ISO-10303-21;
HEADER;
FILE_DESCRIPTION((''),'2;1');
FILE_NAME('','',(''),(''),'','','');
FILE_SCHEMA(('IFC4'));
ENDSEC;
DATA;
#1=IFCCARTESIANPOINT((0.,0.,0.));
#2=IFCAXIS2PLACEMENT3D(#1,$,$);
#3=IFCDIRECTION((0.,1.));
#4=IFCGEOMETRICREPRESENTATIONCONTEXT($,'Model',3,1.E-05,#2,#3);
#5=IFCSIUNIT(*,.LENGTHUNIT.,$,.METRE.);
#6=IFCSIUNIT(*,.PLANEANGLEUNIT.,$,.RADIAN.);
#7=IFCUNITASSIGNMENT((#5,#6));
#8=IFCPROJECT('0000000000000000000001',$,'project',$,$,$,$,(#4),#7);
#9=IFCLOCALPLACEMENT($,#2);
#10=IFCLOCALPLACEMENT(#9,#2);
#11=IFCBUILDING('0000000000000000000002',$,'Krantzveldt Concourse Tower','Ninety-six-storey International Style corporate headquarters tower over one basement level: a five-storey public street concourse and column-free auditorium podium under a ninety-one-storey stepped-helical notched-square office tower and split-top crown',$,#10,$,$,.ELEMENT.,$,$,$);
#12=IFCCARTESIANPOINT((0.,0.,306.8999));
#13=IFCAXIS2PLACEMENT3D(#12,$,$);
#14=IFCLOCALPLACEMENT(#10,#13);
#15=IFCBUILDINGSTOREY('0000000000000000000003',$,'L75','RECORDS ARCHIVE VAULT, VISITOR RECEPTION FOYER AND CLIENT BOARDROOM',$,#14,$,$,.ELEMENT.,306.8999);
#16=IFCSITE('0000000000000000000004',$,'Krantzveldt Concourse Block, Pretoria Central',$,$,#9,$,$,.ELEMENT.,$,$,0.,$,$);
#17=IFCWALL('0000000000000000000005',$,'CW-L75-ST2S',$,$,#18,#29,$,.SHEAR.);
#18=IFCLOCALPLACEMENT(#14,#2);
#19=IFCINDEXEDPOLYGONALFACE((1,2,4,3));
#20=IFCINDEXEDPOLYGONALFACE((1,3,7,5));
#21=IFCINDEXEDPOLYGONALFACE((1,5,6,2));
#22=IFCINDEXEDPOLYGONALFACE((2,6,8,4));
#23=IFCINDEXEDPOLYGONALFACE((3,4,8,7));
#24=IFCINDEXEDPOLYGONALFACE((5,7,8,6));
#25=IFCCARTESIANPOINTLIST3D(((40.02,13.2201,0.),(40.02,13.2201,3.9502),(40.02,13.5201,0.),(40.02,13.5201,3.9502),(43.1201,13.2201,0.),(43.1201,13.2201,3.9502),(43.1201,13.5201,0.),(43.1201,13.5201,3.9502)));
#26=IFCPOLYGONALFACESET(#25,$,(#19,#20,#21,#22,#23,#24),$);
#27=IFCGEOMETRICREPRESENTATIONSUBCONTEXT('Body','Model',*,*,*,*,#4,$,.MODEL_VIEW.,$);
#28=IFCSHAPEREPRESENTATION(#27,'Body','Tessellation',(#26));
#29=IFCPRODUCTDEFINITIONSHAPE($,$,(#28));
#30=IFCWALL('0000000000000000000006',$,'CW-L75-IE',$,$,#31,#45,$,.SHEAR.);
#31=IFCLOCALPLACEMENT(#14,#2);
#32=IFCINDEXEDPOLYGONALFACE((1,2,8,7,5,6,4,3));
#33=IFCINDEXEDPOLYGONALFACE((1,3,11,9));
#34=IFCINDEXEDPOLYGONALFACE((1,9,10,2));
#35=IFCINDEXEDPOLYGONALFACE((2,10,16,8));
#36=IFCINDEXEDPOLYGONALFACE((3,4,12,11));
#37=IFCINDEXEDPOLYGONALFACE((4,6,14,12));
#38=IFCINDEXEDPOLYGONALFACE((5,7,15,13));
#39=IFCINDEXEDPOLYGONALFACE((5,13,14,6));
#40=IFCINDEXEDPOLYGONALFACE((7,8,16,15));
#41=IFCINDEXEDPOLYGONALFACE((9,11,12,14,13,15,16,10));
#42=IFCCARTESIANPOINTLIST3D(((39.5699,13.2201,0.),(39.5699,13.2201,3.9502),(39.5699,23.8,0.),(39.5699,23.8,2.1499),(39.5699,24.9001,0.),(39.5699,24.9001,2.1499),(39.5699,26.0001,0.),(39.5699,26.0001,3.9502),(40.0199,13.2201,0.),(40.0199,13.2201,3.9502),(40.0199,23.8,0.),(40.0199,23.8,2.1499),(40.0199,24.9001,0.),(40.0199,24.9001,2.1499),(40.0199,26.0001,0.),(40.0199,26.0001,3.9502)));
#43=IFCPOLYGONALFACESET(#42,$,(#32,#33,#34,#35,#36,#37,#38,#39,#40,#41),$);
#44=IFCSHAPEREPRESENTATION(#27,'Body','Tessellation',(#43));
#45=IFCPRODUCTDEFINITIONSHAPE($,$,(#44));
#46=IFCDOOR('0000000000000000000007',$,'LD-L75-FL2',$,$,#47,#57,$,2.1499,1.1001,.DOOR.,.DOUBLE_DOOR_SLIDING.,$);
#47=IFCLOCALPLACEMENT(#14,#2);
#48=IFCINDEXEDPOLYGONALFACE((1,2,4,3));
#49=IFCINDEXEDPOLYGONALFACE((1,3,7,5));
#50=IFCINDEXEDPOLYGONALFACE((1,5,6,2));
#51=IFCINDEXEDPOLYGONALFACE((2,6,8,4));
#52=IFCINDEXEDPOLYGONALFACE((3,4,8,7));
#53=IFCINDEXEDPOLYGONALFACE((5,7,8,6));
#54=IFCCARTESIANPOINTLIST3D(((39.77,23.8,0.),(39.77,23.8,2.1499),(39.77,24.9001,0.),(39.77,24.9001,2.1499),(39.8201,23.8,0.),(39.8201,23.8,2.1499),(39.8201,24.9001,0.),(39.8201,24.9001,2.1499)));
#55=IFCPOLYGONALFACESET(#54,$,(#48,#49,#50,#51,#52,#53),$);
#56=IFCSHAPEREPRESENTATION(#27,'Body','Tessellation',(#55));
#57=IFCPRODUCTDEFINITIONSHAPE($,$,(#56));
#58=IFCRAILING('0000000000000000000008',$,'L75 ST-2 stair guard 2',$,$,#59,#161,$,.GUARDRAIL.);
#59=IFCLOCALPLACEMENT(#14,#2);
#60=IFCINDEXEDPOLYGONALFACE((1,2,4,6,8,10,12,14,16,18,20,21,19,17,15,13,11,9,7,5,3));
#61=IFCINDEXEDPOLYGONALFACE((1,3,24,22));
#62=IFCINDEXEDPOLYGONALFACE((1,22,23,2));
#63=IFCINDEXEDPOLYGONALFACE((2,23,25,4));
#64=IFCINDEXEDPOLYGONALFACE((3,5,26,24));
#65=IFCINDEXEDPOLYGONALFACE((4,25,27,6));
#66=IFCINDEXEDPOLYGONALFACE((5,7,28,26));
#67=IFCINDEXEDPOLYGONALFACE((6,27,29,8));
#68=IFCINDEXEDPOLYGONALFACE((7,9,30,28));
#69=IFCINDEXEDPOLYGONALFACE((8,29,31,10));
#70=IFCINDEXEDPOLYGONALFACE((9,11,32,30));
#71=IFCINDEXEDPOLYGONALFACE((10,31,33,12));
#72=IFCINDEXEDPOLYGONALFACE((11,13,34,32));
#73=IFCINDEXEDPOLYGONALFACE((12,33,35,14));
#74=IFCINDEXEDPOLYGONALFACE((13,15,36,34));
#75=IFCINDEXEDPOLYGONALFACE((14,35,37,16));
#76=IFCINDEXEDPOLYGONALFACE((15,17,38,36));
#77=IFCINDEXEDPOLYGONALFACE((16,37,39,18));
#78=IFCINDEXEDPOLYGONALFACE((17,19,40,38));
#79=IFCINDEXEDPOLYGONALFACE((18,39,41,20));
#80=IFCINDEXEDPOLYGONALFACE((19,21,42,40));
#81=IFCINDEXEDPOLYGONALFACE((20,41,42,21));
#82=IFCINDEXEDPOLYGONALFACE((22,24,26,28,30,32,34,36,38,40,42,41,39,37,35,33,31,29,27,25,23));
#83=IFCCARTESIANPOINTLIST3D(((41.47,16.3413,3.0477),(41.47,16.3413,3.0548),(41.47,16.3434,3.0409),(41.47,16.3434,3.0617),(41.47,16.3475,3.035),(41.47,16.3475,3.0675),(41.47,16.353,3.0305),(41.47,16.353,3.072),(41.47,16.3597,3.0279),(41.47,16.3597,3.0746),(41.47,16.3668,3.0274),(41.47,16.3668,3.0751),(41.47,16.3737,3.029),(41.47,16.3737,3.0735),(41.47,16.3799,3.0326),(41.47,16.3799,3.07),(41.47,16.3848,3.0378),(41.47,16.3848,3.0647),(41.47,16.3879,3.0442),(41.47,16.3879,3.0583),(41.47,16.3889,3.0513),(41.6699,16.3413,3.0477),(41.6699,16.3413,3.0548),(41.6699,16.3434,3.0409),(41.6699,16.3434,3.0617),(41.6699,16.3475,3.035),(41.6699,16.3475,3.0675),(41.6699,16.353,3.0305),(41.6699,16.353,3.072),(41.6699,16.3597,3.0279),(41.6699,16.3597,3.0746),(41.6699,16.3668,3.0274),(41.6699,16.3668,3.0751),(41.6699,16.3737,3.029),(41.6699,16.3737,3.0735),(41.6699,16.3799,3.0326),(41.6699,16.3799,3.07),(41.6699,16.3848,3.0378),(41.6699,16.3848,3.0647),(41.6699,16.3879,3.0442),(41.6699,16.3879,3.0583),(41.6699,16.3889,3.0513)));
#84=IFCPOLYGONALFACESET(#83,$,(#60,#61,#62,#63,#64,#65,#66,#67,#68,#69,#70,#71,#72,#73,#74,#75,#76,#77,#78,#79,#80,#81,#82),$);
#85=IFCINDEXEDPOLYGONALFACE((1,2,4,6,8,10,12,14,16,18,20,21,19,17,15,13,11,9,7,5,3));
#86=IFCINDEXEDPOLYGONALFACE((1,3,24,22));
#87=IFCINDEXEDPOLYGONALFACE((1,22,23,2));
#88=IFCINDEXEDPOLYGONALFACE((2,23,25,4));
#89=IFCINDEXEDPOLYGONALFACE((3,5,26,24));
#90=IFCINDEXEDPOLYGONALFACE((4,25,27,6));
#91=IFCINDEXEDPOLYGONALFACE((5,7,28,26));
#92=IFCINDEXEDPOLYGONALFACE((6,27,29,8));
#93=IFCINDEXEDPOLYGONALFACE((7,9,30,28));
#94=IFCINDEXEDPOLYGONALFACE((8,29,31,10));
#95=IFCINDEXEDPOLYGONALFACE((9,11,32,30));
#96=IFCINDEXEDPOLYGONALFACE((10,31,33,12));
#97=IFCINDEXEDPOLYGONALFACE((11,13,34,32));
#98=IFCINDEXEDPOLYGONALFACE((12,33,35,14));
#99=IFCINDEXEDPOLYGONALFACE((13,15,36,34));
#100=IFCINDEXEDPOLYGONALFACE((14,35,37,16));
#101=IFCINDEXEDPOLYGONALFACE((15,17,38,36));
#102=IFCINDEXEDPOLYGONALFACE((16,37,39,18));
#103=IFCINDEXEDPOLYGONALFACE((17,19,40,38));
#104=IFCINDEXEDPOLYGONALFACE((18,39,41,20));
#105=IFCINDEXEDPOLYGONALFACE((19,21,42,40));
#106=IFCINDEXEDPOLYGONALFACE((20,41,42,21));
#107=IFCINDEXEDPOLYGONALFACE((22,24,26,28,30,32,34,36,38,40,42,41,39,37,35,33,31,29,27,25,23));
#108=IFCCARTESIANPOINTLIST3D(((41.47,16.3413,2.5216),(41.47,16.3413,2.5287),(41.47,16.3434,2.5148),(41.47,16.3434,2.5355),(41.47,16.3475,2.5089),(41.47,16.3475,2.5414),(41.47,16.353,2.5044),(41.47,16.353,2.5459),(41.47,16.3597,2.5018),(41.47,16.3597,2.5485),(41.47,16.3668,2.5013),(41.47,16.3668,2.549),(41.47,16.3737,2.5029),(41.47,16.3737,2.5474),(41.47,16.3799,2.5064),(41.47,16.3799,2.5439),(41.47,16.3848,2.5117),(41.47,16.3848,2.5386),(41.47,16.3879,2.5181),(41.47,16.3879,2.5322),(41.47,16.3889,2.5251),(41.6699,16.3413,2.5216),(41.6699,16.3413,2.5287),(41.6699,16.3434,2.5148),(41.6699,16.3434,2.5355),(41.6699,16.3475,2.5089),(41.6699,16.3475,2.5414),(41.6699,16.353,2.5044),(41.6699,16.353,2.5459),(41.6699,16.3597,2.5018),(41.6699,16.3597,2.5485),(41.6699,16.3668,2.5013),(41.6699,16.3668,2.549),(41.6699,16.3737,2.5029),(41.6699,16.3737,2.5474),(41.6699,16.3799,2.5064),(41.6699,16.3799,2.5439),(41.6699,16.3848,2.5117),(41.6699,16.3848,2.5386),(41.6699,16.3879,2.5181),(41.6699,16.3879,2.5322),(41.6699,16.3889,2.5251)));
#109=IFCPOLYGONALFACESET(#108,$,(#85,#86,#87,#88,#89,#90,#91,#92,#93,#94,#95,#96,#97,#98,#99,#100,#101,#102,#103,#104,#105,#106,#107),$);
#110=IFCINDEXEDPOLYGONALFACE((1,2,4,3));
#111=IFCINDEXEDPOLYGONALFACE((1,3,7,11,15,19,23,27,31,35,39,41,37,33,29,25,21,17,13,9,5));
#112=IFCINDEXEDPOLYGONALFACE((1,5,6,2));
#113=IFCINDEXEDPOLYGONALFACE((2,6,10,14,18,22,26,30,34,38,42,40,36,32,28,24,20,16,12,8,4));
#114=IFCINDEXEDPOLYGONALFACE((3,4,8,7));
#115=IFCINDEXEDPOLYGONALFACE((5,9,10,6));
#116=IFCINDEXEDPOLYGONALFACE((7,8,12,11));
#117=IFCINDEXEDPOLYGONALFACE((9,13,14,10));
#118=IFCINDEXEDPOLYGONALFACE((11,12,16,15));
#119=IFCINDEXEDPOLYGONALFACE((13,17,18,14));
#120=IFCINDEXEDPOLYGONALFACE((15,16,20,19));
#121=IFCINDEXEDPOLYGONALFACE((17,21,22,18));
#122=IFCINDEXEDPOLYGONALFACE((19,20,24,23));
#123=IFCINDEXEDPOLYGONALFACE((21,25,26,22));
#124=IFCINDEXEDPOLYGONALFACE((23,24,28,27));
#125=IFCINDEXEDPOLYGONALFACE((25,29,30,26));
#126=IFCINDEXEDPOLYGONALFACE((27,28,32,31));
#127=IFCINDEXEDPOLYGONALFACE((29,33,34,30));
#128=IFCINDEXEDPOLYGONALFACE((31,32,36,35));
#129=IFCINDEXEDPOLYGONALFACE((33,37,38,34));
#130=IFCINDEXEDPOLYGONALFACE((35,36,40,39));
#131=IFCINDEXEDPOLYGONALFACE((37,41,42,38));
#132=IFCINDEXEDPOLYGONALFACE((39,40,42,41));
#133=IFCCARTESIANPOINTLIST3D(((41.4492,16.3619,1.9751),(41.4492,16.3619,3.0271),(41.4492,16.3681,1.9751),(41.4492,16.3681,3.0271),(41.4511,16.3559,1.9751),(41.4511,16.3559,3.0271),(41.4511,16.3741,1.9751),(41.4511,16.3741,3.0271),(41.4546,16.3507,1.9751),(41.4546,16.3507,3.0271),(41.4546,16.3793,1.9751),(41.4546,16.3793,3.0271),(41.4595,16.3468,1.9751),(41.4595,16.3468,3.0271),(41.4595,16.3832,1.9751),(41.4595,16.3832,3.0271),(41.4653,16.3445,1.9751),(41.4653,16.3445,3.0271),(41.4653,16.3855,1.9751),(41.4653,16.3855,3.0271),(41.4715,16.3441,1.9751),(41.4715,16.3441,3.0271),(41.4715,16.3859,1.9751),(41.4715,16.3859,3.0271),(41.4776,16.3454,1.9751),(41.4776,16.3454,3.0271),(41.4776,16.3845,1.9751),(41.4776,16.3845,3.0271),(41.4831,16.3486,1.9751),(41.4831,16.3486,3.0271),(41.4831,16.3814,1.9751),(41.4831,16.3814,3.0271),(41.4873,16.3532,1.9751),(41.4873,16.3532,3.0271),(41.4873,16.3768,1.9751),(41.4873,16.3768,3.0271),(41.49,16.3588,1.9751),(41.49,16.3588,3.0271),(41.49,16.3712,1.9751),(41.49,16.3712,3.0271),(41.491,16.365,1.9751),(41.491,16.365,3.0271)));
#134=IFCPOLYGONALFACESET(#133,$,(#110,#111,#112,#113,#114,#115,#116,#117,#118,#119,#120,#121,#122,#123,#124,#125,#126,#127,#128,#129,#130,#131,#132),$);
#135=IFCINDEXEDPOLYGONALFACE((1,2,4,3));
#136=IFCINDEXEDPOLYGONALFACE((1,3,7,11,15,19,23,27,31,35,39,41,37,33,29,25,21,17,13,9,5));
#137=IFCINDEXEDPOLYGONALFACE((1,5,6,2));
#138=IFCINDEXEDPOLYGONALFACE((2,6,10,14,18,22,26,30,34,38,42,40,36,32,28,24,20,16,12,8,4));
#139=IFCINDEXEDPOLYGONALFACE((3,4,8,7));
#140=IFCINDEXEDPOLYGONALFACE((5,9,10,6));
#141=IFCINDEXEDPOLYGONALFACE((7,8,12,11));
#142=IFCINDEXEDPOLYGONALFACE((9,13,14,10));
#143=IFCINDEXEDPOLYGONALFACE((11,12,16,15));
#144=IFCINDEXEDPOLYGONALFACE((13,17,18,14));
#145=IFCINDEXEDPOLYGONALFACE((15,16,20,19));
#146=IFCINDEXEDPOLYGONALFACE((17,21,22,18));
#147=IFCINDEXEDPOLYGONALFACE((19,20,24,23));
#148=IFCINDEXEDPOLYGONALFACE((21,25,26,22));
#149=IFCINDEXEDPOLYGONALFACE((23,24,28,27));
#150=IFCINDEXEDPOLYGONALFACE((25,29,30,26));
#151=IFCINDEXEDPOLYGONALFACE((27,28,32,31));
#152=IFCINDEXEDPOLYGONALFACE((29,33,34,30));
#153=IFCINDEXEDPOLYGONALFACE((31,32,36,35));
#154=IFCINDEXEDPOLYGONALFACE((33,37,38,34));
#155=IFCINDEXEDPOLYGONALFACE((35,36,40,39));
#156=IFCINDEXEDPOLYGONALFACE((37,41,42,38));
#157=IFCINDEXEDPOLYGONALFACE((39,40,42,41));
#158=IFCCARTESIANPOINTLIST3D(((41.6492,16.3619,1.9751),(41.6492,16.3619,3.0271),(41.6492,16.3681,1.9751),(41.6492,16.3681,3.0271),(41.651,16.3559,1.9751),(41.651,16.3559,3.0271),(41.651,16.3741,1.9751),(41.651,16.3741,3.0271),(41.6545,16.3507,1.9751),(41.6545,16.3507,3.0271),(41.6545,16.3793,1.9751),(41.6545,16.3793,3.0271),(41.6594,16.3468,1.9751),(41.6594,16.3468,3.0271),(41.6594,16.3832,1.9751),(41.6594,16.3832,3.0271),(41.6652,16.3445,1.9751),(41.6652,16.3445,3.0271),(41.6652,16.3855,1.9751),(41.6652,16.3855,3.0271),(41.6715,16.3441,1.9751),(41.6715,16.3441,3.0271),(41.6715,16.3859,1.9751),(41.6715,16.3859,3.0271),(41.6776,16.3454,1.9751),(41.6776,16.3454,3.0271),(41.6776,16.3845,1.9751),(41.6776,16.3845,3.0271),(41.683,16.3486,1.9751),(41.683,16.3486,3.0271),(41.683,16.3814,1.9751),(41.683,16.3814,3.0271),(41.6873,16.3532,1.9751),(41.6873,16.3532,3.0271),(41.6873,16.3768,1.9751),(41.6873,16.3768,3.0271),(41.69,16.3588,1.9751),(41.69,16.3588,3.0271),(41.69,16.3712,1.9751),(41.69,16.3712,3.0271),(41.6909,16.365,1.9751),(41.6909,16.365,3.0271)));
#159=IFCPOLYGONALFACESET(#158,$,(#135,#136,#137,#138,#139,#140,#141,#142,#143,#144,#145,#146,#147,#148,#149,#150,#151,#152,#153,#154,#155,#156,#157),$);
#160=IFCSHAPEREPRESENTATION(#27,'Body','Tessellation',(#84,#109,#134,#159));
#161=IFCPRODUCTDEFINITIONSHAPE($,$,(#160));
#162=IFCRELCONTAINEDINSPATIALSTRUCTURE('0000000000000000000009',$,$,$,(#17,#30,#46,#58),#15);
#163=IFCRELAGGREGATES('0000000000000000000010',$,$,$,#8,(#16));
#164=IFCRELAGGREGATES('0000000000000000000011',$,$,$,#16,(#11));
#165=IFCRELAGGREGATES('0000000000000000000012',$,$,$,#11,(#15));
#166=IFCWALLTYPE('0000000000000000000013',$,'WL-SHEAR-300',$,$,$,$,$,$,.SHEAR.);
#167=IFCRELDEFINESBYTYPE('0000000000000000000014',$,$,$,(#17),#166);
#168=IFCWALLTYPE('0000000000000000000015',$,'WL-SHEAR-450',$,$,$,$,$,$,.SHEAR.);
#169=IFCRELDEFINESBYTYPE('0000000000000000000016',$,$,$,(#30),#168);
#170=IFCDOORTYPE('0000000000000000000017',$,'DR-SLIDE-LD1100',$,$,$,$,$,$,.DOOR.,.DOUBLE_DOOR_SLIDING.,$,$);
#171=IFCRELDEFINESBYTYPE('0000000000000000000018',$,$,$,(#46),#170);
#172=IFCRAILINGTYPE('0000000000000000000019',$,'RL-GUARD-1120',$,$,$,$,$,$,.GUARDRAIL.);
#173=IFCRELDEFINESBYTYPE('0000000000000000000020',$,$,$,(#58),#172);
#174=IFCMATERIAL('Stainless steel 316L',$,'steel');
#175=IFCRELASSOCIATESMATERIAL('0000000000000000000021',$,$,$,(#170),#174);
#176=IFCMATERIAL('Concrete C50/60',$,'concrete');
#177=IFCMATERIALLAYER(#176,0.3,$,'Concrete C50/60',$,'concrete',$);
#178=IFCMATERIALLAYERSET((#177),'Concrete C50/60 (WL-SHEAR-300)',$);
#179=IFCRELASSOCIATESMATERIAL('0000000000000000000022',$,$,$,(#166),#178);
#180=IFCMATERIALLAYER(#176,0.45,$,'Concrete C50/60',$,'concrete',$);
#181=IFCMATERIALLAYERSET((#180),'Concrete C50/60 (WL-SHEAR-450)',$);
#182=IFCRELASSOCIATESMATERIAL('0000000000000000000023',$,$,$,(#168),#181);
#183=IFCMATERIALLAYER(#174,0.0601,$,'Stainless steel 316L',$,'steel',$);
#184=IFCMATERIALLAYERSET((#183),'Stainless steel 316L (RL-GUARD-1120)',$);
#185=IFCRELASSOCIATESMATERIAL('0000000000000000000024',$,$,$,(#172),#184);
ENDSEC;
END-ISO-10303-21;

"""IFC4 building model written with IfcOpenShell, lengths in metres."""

from ifc_helpers import new_model, si_unit, direction, frame, frame_2d, origin, origin_2d, place, context, subcontext, project, spatial, rectangle, circle, extrude, material, layer, layer_set, type_object, element, fill, save


model = new_model("IFC4")

# Units and contexts
model_context = context("Model", 3, precision=1e-05, world=origin(), true_north=direction((0.0, 1.0)))
body_context = subcontext(model_context, "Body", "Model", "MODEL_VIEW")
ifc_project = project(units=[si_unit("LENGTHUNIT", "METRE"), si_unit("PLANEANGLEUNIT", "RADIAN")], contexts=[model_context])

# Site, building, storey
site_placement = place(None, origin())
site = spatial("IfcSite", under=ifc_project, at=site_placement, Name="Krantzveldt Concourse Block, Pretoria Central", CompositionType="ELEMENT", RefElevation=0.0)
building_placement = place(site_placement, origin())
building = spatial("IfcBuilding", under=site, at=building_placement, Name="Krantzveldt Concourse Tower", Description="Ninety-six-storey International Style corporate headquarters tower over one basement level: a five-storey public street concourse and column-free auditorium podium under a ninety-one-storey stepped-helical notched-square office tower and split-top crown", CompositionType="ELEMENT")
storey_placement = place(building_placement, frame((0.0, 0.0, 306.8999)))
storey = spatial("IfcBuildingStorey", under=building, at=storey_placement, Name="L75", Description="RECORDS ARCHIVE VAULT, VISITOR RECEPTION FOYER AND CLIENT BOARDROOM", CompositionType="ELEMENT", Elevation=306.8999)

# Shared definitions
ifc_material_1 = material(Name="Stainless steel 316L", Category="steel")
door_type_1 = type_object("IfcDoorType", Name="DR-SLIDE-LD1100", OperationType="DOUBLE_DOOR_SLIDING", PredefinedType="DOOR", material=ifc_material_1)

# Wall
ifc_material_2 = material(Name="Concrete C50/60", Category="concrete")
ifc_layer_1 = layer(ifc_material_2, 0.3, Name="Concrete C50/60", Category="concrete")
ifc_layer_set_1 = layer_set([ifc_layer_1], Name="Concrete C50/60 (WL-SHEAR-300)")
wall_type_1 = type_object("IfcWallType", Name="WL-SHEAR-300", PredefinedType="SHEAR", material=ifc_layer_set_1)
wall_1_placement = place(storey_placement, frame((40.02, 13.3701, 0.0), z_axis=(0.0, 0.0, 1.0), x_axis=(1.0, 0.0, 0.0)))
element("IfcWall", 1, at=wall_1_placement, inside=storey, type_object=wall_type_1, Name="CW-L75-ST2S", PredefinedType="SHEAR", context=body_context, shape_type="SweptSolid", body=[
    extrude(rectangle(XDim=3.1001, YDim=0.3, at=frame_2d((1.55, 0.0))), origin(), (0.0, 0.0, 1.0), 3.9502),
])

# Wall, opening, door
ifc_layer_2 = layer(ifc_material_2, 0.45, Name="Concrete C50/60", Category="concrete")
ifc_layer_set_2 = layer_set([ifc_layer_2], Name="Concrete C50/60 (WL-SHEAR-450)")
wall_type_2 = type_object("IfcWallType", Name="WL-SHEAR-450", PredefinedType="SHEAR", material=ifc_layer_set_2)
wall_2_placement = place(storey_placement, frame((39.7949, 13.22, 0.0), z_axis=(0.0, 0.0, 1.0), x_axis=(0.0, 1.0, 0.0)))
wall_2 = element("IfcWall", 2, at=wall_2_placement, inside=storey, type_object=wall_type_2, Name="CW-L75-IE", PredefinedType="SHEAR", context=body_context, shape_type="SweptSolid", body=[
    extrude(rectangle(XDim=12.78, YDim=0.45, at=frame_2d((6.3901, 0.0))), origin(), (0.0, 0.0, 1.0), 3.9502),
])
opening_1_placement = place(wall_2_placement, frame((10.5801, 0.0, 0.0)))
opening_1 = element("IfcOpeningElement", 3, at=opening_1_placement, cuts=wall_2, PredefinedType="OPENING", context=body_context, shape_type="SweptSolid", body=[
    extrude(rectangle(XDim=1.1001, YDim=2.1499, at=frame_2d((0.55, 1.075))), frame((0.0, 0.2349, 0.0), z_axis=(0.0, -1.0, 0.0), x_axis=(1.0, 0.0, 0.0)), (0.0, 0.0, 1.0), 0.47),
])
door_1_placement = place(opening_1_placement, origin())
door_1 = element("IfcDoor", 4, at=door_1_placement, inside=storey, type_object=door_type_1, Name="LD-L75-FL2", OperationType="DOUBLE_DOOR_SLIDING", OverallHeight=2.1499, OverallWidth=1.1001, PredefinedType="DOOR", context=body_context, shape_type="SweptSolid", body=[
    extrude(rectangle(XDim=1.1001, YDim=2.1499, at=frame_2d((0.55, 1.075))), frame((0.0, 0.0249, 0.0), z_axis=(0.0, -1.0, 0.0), x_axis=(1.0, 0.0, 0.0)), (0.0, 0.0, 1.0), 0.05),
])
fill(opening_1, door_1)

# Railing
ifc_layer_3 = layer(ifc_material_1, 0.0601, Name="Stainless steel 316L", Category="steel")
ifc_layer_set_3 = layer_set([ifc_layer_3], Name="Stainless steel 316L (RL-GUARD-1120)")
railing_type = type_object("IfcRailingType", Name="RL-GUARD-1120", PredefinedType="GUARDRAIL", material=ifc_layer_set_3)
railing_1_placement = place(storey_placement, frame((41.47, 16.365, 1.9751)))
element("IfcRailing", 5, at=railing_1_placement, inside=storey, type_object=railing_type, Name="L75 ST-2 stair guard 2", PredefinedType="GUARDRAIL", context=body_context, shape_type="SweptSolid", body=[
    extrude(circle(Radius=0.0239, at=origin_2d()), frame((0.0, 0.0, 1.0762), z_axis=(1.0, 0.0, 0.0), x_axis=(0.0, 1.0, 0.0)), (0.0, 0.0, 1.0), 0.2),
    extrude(circle(Radius=0.0239, at=origin_2d()), frame((0.0, 0.0, 0.55), z_axis=(1.0, 0.0, 0.0), x_axis=(0.0, 1.0, 0.0)), (0.0, 0.0, 1.0), 0.2),
    extrude(circle(Radius=0.021, at=origin_2d()), origin(), (0.0, 0.0, 1.0), 1.052),
    extrude(circle(Radius=0.021, at=origin_2d()), frame((0.2, 0.0, 0.0)), (0.0, 0.0, 1.0), 1.052),
])

save(model, "model.ifc")
